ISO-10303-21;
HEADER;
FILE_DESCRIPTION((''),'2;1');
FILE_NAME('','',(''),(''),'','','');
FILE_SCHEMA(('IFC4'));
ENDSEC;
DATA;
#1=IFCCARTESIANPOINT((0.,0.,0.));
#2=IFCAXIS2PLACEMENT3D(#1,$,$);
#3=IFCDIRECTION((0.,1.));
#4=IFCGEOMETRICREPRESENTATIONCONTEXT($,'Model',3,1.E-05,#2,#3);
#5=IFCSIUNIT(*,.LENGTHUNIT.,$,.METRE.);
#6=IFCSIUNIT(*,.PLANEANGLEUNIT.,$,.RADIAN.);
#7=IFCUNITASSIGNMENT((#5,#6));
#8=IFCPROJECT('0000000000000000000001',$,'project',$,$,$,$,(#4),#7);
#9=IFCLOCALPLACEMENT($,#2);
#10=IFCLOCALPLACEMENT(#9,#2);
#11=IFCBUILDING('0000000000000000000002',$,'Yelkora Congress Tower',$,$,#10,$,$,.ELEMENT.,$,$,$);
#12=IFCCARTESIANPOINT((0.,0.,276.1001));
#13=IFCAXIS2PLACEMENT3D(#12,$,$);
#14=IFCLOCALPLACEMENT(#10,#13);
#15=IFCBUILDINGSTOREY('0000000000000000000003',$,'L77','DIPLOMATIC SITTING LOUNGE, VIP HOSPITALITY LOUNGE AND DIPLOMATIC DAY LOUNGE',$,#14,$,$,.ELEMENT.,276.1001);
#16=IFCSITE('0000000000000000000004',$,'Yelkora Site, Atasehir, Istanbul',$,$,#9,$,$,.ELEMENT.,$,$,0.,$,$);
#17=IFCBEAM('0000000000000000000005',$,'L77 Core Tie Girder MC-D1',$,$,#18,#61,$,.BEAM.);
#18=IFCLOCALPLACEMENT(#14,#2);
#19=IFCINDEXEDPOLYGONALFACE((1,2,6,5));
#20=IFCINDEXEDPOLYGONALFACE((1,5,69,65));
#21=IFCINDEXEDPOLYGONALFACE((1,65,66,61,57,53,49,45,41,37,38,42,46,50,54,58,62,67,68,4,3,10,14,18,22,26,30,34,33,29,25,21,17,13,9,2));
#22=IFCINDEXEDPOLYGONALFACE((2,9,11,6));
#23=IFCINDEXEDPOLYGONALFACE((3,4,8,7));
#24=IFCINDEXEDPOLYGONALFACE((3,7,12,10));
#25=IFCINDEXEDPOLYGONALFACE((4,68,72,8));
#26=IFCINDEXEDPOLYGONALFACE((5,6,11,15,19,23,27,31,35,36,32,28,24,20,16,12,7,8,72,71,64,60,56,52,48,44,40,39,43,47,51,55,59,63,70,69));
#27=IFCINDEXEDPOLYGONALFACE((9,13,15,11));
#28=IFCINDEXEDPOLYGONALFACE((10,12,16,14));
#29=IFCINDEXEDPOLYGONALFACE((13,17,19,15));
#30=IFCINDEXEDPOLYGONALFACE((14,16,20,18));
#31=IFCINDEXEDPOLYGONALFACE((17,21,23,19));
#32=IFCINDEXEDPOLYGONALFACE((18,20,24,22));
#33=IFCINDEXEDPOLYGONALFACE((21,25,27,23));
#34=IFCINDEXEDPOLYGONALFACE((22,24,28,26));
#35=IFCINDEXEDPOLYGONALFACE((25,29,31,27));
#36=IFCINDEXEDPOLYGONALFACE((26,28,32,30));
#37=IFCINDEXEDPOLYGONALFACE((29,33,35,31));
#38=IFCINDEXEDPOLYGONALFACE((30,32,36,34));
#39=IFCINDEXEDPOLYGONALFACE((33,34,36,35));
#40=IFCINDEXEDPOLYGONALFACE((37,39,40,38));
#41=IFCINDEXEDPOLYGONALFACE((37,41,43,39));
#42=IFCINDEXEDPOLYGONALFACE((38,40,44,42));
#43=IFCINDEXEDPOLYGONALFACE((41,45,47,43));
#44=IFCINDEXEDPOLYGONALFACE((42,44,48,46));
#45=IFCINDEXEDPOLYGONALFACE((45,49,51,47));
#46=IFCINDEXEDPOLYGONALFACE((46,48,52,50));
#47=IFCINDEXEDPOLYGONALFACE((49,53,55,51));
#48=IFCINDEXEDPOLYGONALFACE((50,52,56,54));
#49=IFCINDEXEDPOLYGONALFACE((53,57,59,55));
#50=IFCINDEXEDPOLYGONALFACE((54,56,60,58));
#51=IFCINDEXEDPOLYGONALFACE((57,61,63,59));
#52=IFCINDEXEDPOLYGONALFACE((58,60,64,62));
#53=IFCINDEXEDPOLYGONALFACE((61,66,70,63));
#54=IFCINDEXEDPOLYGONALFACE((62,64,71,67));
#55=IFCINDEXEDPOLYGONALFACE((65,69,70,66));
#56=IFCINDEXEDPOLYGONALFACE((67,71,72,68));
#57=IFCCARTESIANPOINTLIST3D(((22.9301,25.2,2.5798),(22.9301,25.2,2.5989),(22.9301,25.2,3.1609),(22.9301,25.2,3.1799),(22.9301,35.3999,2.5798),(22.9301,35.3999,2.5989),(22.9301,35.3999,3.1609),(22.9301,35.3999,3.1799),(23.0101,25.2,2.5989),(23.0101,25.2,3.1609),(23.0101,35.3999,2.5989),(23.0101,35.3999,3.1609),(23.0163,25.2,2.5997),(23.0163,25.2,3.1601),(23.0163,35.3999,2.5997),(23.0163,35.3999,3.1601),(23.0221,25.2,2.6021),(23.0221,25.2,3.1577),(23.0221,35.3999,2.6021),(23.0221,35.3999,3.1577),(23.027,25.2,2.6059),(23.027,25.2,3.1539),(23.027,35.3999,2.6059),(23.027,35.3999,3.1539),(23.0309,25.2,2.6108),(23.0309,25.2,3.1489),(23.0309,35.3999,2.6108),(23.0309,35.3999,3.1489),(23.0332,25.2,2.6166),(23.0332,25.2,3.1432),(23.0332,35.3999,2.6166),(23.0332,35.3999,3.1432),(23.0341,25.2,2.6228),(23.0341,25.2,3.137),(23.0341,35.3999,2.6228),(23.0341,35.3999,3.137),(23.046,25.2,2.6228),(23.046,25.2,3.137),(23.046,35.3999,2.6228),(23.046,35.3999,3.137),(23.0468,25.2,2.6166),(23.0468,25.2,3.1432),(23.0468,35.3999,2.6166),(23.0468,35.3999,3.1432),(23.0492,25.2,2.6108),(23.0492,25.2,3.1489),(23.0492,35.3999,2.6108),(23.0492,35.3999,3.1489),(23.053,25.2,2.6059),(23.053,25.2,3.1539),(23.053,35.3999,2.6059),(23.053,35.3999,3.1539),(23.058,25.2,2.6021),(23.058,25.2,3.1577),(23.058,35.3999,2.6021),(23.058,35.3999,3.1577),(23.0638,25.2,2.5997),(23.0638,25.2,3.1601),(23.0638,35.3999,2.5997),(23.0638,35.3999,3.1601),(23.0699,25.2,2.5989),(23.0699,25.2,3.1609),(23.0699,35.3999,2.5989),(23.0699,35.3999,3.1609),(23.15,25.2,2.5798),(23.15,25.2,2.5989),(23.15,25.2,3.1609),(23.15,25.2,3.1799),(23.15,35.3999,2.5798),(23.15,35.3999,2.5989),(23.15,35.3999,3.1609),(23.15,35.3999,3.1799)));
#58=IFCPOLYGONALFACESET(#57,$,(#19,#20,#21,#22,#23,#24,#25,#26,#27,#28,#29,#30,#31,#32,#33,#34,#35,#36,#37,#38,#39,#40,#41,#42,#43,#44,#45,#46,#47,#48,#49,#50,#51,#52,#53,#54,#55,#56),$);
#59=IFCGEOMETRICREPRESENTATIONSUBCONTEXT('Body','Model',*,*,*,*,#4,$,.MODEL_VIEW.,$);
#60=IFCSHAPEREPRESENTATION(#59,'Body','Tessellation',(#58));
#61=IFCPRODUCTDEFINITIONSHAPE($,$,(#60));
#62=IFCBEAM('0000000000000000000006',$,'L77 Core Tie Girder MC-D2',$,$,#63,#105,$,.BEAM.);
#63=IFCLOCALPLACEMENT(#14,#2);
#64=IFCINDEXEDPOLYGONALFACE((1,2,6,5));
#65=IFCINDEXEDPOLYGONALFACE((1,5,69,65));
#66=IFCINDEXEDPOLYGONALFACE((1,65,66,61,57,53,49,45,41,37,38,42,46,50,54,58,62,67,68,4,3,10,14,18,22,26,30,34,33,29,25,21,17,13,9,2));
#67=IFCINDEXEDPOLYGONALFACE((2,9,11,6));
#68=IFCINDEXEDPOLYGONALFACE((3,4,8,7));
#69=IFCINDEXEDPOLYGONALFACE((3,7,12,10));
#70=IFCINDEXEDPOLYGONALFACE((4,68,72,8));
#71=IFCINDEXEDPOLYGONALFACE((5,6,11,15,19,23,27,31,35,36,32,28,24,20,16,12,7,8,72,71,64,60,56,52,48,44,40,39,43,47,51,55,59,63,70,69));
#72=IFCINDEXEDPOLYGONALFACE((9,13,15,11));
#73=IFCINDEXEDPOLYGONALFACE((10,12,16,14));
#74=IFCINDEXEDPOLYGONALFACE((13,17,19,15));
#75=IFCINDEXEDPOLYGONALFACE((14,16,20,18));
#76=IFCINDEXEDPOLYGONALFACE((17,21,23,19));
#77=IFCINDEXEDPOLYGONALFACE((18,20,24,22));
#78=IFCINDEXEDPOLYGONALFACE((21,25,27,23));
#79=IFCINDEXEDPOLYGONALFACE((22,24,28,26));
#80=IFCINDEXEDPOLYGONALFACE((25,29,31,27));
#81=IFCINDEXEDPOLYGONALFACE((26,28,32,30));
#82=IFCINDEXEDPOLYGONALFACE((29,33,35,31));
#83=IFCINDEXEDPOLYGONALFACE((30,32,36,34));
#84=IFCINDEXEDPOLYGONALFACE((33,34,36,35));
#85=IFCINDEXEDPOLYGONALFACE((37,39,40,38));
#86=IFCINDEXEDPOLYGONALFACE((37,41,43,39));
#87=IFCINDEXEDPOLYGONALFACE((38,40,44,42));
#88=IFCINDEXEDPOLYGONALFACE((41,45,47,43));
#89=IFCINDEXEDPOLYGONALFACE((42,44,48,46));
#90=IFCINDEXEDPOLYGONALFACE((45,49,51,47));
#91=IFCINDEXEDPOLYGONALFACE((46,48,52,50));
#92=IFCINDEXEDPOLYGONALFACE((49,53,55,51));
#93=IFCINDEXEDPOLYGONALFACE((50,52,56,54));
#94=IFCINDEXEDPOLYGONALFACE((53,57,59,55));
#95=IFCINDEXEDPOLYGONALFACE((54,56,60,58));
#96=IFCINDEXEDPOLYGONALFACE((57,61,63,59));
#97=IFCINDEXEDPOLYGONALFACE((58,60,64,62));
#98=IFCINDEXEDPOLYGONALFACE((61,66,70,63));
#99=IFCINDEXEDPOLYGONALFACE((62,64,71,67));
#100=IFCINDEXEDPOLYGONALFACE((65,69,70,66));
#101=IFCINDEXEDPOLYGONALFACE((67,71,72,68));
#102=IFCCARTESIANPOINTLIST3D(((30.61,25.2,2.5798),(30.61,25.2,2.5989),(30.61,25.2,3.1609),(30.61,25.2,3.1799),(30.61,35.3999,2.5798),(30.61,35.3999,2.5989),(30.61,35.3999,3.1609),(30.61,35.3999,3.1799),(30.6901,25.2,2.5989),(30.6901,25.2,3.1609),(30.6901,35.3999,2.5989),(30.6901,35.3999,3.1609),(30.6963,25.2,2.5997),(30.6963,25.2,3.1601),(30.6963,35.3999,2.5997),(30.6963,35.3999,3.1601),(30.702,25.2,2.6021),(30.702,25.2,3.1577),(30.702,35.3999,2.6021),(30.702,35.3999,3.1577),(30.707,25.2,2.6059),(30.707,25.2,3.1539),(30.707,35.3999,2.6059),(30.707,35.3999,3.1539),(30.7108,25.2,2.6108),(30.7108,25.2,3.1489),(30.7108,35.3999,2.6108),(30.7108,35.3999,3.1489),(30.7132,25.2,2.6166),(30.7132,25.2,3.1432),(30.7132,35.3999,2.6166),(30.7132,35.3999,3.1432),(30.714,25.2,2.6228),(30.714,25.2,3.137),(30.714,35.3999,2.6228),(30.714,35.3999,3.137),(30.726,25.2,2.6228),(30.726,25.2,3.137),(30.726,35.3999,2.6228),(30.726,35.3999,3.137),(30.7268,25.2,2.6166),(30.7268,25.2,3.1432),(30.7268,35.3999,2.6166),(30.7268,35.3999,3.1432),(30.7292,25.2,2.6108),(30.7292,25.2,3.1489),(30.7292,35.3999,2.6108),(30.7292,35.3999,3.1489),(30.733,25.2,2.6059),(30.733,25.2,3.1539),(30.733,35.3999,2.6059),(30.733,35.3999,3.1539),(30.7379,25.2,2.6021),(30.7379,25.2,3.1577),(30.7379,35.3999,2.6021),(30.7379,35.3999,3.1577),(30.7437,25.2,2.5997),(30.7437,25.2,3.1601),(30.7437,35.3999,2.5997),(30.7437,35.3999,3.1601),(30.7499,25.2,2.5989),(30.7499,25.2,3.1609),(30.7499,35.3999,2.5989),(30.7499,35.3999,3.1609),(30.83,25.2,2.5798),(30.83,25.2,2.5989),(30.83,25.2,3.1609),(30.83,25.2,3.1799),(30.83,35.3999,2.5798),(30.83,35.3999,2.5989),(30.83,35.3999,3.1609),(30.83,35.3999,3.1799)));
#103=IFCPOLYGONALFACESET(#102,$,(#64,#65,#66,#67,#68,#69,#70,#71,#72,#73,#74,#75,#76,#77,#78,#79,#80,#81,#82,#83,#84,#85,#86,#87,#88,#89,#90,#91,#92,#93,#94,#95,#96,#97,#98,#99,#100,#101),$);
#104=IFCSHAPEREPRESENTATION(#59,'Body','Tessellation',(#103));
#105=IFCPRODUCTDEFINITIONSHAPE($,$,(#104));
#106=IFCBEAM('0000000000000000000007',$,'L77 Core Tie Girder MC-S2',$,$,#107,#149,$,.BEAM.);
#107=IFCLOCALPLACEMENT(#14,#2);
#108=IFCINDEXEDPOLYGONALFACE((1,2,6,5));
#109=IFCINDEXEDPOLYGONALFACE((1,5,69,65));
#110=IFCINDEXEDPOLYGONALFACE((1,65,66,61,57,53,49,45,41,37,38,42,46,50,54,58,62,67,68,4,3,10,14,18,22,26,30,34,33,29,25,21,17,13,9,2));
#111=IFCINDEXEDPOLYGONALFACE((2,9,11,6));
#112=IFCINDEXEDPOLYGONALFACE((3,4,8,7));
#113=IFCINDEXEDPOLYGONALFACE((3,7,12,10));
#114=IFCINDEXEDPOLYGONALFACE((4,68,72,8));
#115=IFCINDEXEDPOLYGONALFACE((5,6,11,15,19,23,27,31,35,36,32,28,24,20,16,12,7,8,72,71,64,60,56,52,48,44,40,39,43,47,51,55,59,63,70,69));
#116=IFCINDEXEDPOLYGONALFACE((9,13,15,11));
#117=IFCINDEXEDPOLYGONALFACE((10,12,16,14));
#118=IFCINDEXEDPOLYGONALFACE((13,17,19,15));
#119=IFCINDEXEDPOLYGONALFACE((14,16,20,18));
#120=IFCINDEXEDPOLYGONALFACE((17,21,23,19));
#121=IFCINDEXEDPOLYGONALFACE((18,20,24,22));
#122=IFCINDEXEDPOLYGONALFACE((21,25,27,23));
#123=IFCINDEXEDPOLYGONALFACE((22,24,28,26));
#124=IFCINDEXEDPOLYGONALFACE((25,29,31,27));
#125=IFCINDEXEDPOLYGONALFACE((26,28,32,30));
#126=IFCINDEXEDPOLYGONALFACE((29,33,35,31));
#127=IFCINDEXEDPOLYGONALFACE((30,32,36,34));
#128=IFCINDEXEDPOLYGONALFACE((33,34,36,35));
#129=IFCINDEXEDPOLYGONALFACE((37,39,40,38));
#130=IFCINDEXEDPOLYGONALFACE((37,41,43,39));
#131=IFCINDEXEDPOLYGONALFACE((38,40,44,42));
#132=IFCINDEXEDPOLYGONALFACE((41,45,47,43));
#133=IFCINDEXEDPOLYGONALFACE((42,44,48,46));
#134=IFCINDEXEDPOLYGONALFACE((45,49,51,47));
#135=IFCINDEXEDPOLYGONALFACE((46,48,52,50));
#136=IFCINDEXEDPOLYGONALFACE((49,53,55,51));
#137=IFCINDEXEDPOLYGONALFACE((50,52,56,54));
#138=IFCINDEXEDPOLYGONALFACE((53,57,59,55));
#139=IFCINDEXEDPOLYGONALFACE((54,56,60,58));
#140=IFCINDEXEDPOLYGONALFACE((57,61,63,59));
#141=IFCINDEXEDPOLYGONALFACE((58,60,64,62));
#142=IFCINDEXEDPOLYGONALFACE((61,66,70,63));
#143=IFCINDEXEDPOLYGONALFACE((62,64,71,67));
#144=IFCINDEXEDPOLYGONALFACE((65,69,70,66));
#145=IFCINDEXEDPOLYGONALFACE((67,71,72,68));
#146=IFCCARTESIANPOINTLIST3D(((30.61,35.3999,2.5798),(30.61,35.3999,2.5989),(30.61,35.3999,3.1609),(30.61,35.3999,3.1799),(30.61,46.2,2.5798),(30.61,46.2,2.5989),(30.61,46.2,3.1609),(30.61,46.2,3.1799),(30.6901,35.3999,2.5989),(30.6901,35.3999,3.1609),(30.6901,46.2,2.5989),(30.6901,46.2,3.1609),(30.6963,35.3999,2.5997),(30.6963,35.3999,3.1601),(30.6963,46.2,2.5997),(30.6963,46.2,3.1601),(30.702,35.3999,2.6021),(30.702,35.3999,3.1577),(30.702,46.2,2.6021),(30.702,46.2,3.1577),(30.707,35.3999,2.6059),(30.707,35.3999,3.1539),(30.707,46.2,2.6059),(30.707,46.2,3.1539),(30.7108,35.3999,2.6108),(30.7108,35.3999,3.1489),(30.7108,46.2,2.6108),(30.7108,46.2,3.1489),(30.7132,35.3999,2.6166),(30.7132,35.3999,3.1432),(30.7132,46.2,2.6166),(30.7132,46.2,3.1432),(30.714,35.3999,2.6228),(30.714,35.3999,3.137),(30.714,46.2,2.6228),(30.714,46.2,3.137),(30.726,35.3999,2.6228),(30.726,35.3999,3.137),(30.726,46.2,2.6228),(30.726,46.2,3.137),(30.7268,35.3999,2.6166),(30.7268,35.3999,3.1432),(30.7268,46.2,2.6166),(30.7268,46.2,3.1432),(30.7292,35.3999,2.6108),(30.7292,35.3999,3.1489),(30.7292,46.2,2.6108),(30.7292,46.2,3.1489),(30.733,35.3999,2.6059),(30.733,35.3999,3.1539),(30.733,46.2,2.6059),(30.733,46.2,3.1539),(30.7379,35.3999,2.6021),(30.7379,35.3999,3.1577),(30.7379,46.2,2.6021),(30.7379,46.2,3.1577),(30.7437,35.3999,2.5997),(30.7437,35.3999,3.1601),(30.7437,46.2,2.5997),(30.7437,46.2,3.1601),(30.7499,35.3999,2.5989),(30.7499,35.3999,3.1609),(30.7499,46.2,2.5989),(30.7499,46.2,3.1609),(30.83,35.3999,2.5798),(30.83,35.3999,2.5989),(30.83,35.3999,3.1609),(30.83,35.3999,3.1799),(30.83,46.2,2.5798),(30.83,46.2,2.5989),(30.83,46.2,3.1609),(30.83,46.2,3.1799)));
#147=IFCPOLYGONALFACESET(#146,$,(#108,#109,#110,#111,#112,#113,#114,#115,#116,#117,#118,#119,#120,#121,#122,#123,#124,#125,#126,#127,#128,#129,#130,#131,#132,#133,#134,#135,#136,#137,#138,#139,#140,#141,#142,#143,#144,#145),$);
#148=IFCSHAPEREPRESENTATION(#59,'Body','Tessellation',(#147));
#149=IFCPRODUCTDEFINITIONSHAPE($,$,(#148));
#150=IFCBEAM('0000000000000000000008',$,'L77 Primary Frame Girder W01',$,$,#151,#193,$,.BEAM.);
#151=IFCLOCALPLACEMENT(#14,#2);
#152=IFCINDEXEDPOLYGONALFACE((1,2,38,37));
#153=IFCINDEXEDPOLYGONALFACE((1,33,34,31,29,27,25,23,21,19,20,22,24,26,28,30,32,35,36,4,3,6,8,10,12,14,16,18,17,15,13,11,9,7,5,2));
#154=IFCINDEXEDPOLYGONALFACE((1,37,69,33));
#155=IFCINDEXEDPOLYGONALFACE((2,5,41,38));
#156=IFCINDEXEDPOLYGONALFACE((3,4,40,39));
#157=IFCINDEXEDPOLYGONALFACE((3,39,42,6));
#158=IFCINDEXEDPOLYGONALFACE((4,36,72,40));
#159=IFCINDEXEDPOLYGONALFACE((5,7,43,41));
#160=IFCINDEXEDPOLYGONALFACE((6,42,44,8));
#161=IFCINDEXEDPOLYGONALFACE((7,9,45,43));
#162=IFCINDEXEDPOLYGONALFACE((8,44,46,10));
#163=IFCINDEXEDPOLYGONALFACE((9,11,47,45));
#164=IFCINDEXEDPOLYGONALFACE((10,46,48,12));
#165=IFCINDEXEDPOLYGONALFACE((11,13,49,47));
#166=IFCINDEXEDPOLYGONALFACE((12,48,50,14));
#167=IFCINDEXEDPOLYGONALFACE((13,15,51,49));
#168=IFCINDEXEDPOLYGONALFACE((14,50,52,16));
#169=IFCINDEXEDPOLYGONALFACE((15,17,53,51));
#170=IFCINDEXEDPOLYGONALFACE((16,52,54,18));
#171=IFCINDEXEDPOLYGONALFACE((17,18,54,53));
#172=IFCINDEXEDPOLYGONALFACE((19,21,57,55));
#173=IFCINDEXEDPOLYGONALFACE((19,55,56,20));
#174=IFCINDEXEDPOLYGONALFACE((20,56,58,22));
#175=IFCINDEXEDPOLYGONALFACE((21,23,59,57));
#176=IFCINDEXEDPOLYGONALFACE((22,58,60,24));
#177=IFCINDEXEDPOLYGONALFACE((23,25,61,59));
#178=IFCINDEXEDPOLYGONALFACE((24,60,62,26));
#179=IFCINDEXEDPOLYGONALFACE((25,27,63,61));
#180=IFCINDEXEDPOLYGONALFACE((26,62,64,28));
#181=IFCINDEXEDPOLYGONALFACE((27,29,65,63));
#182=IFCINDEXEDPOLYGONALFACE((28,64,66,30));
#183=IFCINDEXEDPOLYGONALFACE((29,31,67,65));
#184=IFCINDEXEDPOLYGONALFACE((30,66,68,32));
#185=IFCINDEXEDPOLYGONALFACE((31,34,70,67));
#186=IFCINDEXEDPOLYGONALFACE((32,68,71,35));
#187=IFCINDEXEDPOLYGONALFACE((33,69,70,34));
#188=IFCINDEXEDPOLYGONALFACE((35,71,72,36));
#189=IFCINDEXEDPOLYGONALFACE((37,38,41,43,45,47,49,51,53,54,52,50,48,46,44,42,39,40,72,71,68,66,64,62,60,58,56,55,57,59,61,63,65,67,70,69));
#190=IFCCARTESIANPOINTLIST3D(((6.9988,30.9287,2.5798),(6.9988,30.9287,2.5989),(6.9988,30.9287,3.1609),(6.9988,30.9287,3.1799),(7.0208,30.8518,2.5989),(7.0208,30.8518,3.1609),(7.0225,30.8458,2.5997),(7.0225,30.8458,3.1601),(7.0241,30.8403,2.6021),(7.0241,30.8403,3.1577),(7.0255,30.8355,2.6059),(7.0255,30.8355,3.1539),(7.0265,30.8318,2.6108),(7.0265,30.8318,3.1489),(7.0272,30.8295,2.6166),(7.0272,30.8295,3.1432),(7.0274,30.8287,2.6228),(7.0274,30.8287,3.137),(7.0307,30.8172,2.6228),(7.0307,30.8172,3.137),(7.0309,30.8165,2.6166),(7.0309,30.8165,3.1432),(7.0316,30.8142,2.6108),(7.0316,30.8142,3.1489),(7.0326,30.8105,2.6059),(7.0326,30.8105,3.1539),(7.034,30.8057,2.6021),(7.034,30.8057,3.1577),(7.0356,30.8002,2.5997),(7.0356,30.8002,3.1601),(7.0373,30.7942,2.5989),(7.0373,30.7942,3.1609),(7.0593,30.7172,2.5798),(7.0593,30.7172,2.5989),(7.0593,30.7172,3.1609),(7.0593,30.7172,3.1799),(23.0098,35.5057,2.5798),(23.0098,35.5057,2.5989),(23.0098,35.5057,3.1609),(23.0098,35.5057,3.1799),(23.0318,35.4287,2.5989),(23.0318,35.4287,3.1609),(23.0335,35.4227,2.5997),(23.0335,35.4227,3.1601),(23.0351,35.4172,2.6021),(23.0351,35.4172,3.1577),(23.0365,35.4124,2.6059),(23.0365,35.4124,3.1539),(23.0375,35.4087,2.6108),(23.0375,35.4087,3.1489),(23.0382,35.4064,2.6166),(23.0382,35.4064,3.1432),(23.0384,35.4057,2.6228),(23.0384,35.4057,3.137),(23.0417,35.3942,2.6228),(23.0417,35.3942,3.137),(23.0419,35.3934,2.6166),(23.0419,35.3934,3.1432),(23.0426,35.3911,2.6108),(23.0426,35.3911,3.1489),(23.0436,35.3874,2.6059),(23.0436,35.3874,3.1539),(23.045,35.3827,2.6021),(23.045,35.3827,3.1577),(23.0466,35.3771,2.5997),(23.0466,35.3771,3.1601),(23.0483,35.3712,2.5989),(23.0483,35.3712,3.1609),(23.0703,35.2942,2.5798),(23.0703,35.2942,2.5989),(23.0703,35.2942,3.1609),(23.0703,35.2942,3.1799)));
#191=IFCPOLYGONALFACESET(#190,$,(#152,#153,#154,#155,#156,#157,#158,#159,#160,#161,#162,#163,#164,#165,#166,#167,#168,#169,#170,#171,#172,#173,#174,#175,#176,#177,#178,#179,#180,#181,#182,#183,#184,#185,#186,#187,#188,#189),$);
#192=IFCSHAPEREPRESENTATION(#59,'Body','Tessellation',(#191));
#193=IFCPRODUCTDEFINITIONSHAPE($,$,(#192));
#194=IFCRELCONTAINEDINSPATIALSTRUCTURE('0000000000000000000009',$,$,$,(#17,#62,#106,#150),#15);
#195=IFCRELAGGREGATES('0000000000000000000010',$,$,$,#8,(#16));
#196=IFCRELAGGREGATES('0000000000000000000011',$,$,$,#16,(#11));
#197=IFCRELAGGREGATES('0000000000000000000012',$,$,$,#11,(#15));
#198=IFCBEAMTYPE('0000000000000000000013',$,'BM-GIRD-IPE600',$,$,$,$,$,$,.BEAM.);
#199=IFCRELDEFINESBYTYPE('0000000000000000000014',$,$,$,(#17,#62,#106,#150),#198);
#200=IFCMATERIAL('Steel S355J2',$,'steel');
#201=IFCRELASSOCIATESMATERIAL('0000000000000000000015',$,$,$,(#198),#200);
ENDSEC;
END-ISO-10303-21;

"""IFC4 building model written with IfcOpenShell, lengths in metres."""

from ifc_helpers import new_model, si_unit, direction, frame, origin, origin_2d, place, context, subcontext, project, spatial, i_section, extrude, material, material_profile, profile_set, type_object, element, save


model = new_model("IFC4")

# Units and contexts
model_context = context("Model", 3, precision=1e-05, world=origin(), true_north=direction((0.0, 1.0)))
body_context = subcontext(model_context, "Body", "Model", "MODEL_VIEW")
ifc_project = project(units=[si_unit("LENGTHUNIT", "METRE"), si_unit("PLANEANGLEUNIT", "RADIAN")], contexts=[model_context])

# Site, building, storey
site_placement = place(None, origin())
site = spatial("IfcSite", under=ifc_project, at=site_placement, Name="Yelkora Site, Atasehir, Istanbul", CompositionType="ELEMENT", RefElevation=0.0)
building_placement = place(site_placement, origin())
building = spatial("IfcBuilding", under=site, at=building_placement, Name="Yelkora Congress Tower", CompositionType="ELEMENT")
storey_placement = place(building_placement, frame((0.0, 0.0, 276.1001)))
storey = spatial("IfcBuildingStorey", under=building, at=storey_placement, Name="L77", Description="DIPLOMATIC SITTING LOUNGE, VIP HOSPITALITY LOUNGE AND DIPLOMATIC DAY LOUNGE", CompositionType="ELEMENT", Elevation=276.1001)

# Beams
ifc_material_1 = material(Name="Steel S355J2", Category="steel")
ifc_material_profile_1 = material_profile(ifc_material_1, i_section(OverallWidth=0.22, OverallDepth=0.6001, WebThickness=0.012, FlangeThickness=0.019, FilletRadius=0.0239, at=origin_2d()), Name="IPE 600")
ifc_profile_set_1 = profile_set([ifc_material_profile_1], Name="Steel S355J2")
beam_type_1 = type_object("IfcBeamType", Name="BM-GIRD-IPE600", PredefinedType="BEAM", material=ifc_profile_set_1)
for number, where, z_axis, x_axis, name in (
    (1, (23.04, 25.2, 2.8799), (0.0, 1.0, 0.0), (-1.0, 0.0, 0.0), "L77 Core Tie Girder MC-D1"),
    (2, (30.72, 25.2, 2.8799), (0.0, 1.0, 0.0), (-1.0, 0.0, 0.0), "L77 Core Tie Girder MC-D2"),
):
    element("IfcBeam", number, at=place(storey_placement, frame(where, z_axis=z_axis, x_axis=x_axis)), inside=storey, type_object=beam_type_1, Name=name, PredefinedType="BEAM", context=body_context, shape_type="SweptSolid", body=[
        extrude(i_section(OverallWidth=0.22, OverallDepth=0.6001, WebThickness=0.012, FlangeThickness=0.019, FilletRadius=0.0239, at=origin_2d()), origin(), (0.0, 0.0, 1.0), 10.2),
    ])
beam_1_placement = place(storey_placement, frame((30.72, 35.3999, 2.8799), z_axis=(0.0, 1.0, 0.0), x_axis=(-1.0, 0.0, 0.0)))
element("IfcBeam", 3, at=beam_1_placement, inside=storey, type_object=beam_type_1, Name="L77 Core Tie Girder MC-S2", PredefinedType="BEAM", context=body_context, shape_type="SweptSolid", body=[
    extrude(i_section(OverallWidth=0.22, OverallDepth=0.6001, WebThickness=0.012, FlangeThickness=0.019, FilletRadius=0.0239, at=origin_2d()), origin(), (0.0, 0.0, 1.0), 10.8),
])
beam_2_placement = place(storey_placement, frame((7.0291, 30.823, 2.8799), z_axis=(0.961487, 0.274851, 0.0), x_axis=(-0.274851, 0.961487, 0.0)))
element("IfcBeam", 4, at=beam_2_placement, inside=storey, type_object=beam_type_1, Name="L77 Primary Frame Girder W01", PredefinedType="BEAM", context=body_context, shape_type="SweptSolid", body=[
    extrude(i_section(OverallWidth=0.22, OverallDepth=0.6001, WebThickness=0.012, FlangeThickness=0.019, FilletRadius=0.0239, at=origin_2d()), origin(), (0.0, 0.0, 1.0), 16.6523),
])

save(model, "model.ifc")
